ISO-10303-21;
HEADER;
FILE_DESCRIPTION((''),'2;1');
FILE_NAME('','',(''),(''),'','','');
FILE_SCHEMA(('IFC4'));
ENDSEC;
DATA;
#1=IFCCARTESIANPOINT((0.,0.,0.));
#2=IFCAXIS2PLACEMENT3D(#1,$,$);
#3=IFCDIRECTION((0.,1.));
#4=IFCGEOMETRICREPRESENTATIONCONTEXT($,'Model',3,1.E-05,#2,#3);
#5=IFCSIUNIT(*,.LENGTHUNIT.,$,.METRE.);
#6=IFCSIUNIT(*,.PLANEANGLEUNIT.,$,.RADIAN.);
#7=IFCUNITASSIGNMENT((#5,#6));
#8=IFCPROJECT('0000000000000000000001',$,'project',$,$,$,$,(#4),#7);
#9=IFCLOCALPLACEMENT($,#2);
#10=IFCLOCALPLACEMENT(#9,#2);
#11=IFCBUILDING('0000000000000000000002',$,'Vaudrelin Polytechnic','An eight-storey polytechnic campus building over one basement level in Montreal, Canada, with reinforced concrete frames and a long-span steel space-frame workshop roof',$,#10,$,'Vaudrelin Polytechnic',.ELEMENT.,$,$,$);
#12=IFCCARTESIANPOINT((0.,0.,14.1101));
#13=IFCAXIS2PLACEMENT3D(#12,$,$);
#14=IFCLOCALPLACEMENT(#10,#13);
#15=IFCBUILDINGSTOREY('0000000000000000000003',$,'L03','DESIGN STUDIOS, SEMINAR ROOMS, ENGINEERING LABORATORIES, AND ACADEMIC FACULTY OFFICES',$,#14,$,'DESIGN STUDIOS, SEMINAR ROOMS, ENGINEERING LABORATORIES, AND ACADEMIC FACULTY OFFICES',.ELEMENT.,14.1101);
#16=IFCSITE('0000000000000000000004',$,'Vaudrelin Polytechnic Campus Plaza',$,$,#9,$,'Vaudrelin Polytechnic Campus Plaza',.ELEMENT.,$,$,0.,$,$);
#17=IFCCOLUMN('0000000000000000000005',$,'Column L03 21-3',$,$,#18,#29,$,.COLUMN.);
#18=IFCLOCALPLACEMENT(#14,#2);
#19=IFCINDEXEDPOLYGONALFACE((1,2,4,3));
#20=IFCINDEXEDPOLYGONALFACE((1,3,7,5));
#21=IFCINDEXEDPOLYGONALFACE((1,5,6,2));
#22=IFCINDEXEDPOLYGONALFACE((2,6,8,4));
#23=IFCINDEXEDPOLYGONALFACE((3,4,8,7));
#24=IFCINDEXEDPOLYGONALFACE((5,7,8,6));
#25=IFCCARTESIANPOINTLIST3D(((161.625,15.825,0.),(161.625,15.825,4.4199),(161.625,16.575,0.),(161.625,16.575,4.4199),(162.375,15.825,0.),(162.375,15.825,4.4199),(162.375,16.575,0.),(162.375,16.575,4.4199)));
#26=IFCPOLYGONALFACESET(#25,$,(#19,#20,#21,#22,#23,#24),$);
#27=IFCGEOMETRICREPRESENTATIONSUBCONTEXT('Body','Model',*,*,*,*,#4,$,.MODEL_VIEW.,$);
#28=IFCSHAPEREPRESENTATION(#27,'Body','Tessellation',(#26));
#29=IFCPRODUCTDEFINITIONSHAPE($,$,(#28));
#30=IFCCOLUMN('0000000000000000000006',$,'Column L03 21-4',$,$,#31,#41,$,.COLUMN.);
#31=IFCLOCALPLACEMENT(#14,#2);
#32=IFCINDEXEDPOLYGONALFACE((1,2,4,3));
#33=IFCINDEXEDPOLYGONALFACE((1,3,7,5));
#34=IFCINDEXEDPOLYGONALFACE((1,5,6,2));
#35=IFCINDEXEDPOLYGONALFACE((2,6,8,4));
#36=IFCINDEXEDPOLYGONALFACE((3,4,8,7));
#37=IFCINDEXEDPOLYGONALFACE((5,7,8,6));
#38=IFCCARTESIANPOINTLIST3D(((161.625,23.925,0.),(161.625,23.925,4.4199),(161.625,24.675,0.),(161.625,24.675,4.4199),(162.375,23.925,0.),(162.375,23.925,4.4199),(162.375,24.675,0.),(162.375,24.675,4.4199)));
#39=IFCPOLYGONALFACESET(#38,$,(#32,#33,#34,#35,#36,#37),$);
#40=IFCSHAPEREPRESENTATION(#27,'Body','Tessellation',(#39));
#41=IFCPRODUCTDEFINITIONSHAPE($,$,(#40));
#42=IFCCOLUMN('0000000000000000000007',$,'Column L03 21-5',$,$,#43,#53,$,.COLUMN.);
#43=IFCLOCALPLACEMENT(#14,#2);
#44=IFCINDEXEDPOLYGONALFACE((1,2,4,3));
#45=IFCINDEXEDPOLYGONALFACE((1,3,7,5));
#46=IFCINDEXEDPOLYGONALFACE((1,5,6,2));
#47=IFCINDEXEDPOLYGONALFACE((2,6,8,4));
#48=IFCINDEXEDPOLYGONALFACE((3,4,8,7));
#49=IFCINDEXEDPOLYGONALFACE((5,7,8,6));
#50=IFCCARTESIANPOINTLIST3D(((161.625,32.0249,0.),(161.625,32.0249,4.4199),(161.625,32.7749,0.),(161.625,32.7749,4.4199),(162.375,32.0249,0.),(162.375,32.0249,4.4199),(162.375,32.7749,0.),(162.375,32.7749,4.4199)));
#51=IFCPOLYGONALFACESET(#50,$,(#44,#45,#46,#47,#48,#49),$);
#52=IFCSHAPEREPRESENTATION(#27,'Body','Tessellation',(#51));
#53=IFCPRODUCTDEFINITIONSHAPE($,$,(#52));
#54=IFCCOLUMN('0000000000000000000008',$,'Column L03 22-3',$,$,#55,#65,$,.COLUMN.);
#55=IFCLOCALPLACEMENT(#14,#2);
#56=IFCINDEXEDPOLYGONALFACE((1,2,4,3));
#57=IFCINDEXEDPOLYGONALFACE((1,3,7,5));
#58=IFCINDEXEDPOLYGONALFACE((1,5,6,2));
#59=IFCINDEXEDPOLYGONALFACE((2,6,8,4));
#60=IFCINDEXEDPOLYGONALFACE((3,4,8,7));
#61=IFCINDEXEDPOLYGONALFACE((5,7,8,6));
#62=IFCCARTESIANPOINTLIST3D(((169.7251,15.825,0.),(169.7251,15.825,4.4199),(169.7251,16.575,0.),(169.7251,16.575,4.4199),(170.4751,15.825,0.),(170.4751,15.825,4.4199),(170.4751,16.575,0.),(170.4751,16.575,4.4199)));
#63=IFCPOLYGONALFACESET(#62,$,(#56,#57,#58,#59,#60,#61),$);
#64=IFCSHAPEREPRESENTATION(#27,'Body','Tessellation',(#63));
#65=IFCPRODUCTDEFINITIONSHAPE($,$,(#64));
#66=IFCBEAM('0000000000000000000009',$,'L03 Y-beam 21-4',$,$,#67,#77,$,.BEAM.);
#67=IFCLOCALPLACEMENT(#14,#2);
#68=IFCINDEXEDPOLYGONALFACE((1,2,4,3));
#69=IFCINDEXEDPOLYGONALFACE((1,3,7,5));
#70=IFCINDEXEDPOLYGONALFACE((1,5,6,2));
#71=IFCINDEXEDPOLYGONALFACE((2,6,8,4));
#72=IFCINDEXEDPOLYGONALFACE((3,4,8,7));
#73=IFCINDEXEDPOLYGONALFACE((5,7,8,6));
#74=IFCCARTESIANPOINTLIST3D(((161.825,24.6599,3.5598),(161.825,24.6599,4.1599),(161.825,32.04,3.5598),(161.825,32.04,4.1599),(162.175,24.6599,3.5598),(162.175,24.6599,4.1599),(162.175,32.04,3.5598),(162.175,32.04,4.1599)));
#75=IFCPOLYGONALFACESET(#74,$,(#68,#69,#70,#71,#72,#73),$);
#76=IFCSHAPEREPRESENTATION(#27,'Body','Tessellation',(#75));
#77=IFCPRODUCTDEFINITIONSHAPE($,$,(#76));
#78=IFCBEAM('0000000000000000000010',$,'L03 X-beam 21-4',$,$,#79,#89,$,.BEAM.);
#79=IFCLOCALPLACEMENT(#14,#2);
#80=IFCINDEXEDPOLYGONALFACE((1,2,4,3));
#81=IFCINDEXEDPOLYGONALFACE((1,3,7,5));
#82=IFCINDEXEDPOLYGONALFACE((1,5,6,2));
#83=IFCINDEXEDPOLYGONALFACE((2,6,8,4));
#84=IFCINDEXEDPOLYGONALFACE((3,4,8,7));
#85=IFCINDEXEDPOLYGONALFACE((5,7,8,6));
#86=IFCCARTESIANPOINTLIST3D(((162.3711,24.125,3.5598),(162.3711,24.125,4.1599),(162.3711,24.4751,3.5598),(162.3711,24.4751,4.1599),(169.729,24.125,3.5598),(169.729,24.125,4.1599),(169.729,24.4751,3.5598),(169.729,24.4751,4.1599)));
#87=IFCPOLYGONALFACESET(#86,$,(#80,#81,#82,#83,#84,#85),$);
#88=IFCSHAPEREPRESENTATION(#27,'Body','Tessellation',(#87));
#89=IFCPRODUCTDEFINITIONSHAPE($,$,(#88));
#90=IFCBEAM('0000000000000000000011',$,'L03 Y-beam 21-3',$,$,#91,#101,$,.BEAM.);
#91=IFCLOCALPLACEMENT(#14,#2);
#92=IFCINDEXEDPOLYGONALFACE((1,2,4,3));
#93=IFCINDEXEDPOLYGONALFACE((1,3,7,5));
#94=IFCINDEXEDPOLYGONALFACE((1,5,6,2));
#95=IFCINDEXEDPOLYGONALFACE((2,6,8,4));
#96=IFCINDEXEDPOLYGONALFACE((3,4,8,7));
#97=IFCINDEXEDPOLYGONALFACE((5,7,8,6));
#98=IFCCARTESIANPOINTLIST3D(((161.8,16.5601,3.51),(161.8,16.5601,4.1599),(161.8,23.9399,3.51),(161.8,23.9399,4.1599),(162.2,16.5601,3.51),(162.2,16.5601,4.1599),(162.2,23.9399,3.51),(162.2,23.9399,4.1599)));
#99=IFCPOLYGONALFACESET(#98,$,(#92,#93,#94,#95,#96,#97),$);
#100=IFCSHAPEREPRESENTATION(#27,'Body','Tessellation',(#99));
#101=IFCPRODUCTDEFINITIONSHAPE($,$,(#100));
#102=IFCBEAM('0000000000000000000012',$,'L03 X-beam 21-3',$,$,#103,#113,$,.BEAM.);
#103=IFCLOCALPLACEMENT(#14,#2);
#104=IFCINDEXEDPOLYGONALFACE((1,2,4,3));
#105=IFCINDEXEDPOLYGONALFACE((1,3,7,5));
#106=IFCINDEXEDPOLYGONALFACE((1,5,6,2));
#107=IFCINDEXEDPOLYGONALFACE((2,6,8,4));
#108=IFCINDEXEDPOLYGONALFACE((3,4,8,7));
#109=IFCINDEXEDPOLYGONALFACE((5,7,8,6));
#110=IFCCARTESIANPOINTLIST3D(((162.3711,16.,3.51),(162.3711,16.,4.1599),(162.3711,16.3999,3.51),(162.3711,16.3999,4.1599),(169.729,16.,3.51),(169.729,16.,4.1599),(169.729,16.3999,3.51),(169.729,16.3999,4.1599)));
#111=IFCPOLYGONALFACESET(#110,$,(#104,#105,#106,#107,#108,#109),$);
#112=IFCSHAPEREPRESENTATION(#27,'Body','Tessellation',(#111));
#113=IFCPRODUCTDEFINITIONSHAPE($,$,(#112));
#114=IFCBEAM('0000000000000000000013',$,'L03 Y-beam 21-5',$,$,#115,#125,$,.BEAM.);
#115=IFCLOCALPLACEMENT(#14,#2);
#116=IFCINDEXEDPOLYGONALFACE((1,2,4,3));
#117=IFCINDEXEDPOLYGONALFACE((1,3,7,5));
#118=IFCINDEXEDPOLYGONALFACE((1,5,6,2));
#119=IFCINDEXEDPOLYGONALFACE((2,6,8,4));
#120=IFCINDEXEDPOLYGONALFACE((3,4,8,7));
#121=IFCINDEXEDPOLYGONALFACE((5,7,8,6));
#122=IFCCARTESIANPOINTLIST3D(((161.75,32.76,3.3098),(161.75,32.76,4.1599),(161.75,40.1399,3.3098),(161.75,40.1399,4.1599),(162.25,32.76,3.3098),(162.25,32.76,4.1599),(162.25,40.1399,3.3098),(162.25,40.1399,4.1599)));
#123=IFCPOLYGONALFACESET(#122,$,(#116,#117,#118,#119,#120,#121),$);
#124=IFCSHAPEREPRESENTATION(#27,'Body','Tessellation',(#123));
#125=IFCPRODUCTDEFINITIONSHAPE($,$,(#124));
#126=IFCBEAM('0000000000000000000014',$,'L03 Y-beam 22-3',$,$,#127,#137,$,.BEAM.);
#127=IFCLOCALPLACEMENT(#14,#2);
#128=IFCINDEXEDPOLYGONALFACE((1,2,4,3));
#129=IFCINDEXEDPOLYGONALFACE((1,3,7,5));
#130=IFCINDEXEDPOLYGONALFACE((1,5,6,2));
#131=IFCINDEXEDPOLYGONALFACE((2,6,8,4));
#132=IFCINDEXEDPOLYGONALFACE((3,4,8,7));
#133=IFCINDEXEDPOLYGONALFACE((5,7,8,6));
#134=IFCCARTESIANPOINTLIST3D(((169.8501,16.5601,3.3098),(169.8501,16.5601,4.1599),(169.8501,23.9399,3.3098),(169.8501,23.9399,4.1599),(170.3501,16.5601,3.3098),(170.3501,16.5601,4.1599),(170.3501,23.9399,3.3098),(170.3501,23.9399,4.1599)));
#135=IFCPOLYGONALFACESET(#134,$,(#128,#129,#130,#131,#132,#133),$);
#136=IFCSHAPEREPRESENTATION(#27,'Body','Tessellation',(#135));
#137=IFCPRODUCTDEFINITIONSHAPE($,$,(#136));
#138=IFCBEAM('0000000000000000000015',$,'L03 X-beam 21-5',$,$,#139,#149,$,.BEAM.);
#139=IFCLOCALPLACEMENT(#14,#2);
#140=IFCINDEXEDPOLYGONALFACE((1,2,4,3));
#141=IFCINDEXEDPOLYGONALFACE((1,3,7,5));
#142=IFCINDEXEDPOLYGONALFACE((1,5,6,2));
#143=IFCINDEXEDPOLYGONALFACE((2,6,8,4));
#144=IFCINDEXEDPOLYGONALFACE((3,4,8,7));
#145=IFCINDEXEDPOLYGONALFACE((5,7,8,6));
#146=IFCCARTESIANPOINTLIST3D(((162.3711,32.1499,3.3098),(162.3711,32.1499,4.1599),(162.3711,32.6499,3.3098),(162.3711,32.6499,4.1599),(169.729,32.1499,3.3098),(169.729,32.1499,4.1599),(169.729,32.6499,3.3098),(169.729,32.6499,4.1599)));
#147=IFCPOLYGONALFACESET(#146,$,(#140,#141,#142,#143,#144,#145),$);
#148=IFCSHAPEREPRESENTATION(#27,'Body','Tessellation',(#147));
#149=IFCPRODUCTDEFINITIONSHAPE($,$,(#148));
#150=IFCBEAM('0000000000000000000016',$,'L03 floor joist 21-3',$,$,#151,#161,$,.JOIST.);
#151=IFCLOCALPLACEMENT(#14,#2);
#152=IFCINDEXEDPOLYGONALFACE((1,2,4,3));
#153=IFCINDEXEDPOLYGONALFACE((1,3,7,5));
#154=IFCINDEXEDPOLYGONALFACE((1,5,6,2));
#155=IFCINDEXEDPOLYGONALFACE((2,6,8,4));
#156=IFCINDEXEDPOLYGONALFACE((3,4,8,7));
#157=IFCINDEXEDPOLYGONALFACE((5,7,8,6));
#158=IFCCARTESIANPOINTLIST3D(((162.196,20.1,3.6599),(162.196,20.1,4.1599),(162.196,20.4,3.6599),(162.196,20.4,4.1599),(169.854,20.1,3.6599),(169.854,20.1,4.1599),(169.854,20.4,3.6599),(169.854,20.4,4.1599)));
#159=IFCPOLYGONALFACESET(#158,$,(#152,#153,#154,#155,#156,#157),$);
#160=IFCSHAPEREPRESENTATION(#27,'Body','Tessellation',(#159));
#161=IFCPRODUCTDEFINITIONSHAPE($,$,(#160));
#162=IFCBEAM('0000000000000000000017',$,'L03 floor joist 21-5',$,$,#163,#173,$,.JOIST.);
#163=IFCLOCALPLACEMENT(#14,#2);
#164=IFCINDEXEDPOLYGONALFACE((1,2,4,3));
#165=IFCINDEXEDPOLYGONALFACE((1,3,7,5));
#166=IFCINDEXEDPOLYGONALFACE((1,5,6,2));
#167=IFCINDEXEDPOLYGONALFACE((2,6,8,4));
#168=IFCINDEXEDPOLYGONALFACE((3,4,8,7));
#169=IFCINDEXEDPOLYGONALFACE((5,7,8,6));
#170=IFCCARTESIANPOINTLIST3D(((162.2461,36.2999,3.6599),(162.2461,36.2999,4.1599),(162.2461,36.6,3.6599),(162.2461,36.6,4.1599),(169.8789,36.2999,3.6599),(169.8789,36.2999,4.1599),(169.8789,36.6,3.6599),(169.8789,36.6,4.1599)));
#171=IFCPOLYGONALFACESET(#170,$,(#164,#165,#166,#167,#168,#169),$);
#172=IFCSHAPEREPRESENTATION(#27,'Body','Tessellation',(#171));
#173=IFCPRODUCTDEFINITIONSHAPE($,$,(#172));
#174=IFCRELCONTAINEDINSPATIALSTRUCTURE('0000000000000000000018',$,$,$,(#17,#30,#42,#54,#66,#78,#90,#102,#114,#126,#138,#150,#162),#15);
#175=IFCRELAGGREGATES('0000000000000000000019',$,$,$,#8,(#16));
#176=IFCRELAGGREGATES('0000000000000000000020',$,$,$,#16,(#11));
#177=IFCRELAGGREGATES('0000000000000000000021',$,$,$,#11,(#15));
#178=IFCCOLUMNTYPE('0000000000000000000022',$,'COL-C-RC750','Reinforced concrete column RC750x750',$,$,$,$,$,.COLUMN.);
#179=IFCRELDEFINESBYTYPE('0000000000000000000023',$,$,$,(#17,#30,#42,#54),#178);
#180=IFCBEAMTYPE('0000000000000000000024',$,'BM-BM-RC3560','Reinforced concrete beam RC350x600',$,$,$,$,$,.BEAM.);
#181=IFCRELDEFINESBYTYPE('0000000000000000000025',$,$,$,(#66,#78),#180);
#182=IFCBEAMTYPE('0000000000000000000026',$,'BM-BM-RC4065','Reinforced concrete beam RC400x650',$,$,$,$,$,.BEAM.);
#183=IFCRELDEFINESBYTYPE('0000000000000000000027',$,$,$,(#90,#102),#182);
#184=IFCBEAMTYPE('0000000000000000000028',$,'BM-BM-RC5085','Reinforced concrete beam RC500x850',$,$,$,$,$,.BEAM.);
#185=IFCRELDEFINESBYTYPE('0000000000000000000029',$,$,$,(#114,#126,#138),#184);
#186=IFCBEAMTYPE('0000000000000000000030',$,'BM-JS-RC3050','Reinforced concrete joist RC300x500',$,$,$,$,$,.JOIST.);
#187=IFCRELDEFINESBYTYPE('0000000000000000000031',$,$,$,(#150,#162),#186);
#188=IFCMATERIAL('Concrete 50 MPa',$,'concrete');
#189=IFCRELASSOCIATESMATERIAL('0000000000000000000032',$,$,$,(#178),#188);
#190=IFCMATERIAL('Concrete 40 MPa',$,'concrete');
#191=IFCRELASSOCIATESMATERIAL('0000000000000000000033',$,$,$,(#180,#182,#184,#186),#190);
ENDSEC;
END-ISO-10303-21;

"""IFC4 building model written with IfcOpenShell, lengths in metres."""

from ifc_helpers import new_model, si_unit, direction, frame, origin, origin_2d, place, context, subcontext, project, spatial, rectangle, extrude, material, material_profile, profile_set, type_object, element, save


model = new_model("IFC4")

# Units and contexts
model_context = context("Model", 3, precision=1e-05, world=origin(), true_north=direction((0.0, 1.0)))
body_context = subcontext(model_context, "Body", "Model", "MODEL_VIEW")
ifc_project = project(units=[si_unit("LENGTHUNIT", "METRE"), si_unit("PLANEANGLEUNIT", "RADIAN")], contexts=[model_context])

# Site, building, storey
site_placement = place(None, origin())
site = spatial("IfcSite", under=ifc_project, at=site_placement, Name="Vaudrelin Polytechnic Campus Plaza", LongName="Vaudrelin Polytechnic Campus Plaza", CompositionType="ELEMENT", RefElevation=0.0)
building_placement = place(site_placement, origin())
building = spatial("IfcBuilding", under=site, at=building_placement, Name="Vaudrelin Polytechnic", Description="An eight-storey polytechnic campus building over one basement level in Montreal, Canada, with reinforced concrete frames and a long-span steel space-frame workshop roof", LongName="Vaudrelin Polytechnic", CompositionType="ELEMENT")
storey_placement = place(building_placement, frame((0.0, 0.0, 14.1101)))
storey = spatial("IfcBuildingStorey", under=building, at=storey_placement, Name="L03", Description="DESIGN STUDIOS, SEMINAR ROOMS, ENGINEERING LABORATORIES, AND ACADEMIC FACULTY OFFICES", LongName="DESIGN STUDIOS, SEMINAR ROOMS, ENGINEERING LABORATORIES, AND ACADEMIC FACULTY OFFICES", CompositionType="ELEMENT", Elevation=14.1101)

# Columns
ifc_material_1 = material(Name="Concrete 50 MPa", Category="concrete")
ifc_material_profile_1 = material_profile(ifc_material_1, rectangle(XDim=0.75, YDim=0.75, at=origin_2d()), Name="RC750x750")
ifc_profile_set_1 = profile_set([ifc_material_profile_1], Name="Concrete 50 MPa")
column_type = type_object("IfcColumnType", Name="COL-C-RC750", Description="Reinforced concrete column RC750x750", PredefinedType="COLUMN", material=ifc_profile_set_1)
for number, where, z_axis, x_axis, name in (
    (1, (162.0, 16.2, 0.0), (0.0, 0.0, 1.0), (1.0, 0.0, 0.0), "Column L03 21-3"),
    (2, (162.0, 24.3, 0.0), (0.0, 0.0, 1.0), (1.0, 0.0, 0.0), "Column L03 21-4"),
    (3, (162.0, 32.3999, 0.0), (0.0, 0.0, 1.0), (1.0, 0.0, 0.0), "Column L03 21-5"),
    (4, (170.1001, 16.2, 0.0), (0.0, 0.0, 1.0), (1.0, 0.0, 0.0), "Column L03 22-3"),
):
    element("IfcColumn", number, at=place(storey_placement, frame(where, z_axis=z_axis, x_axis=x_axis)), inside=storey, type_object=column_type, Name=name, PredefinedType="COLUMN", context=body_context, shape_type="SweptSolid", body=[
        extrude(rectangle(XDim=0.75, YDim=0.75, at=origin_2d()), origin(), (0.0, 0.0, 1.0), 4.4199),
    ])

# Beams
ifc_material_2 = material(Name="Concrete 40 MPa", Category="concrete")
ifc_material_profile_2 = material_profile(ifc_material_2, rectangle(XDim=0.3501, YDim=0.6001, at=origin_2d()), Name="RC350x600")
ifc_profile_set_2 = profile_set([ifc_material_profile_2], Name="Concrete 40 MPa")
beam_type_1 = type_object("IfcBeamType", Name="BM-BM-RC3560", Description="Reinforced concrete beam RC350x600", PredefinedType="BEAM", material=ifc_profile_set_2)
beam_1_placement = place(storey_placement, frame((162.0, 24.6599, 3.8599), z_axis=(0.0, 1.0, 0.0), x_axis=(-1.0, 0.0, 0.0)))
element("IfcBeam", 5, at=beam_1_placement, inside=storey, type_object=beam_type_1, Name="L03 Y-beam 21-4", PredefinedType="BEAM", context=body_context, shape_type="SweptSolid", body=[
    extrude(rectangle(XDim=0.3501, YDim=0.6001, at=origin_2d()), origin(), (0.0, 0.0, 1.0), 7.3801),
])
beam_2_placement = place(storey_placement, frame((162.3711, 24.3, 3.8599), z_axis=(1.0, 0.0, 0.0), x_axis=(0.0, 1.0, 0.0)))
element("IfcBeam", 6, at=beam_2_placement, inside=storey, type_object=beam_type_1, Name="L03 X-beam 21-4", PredefinedType="BEAM", context=body_context, shape_type="SweptSolid", body=[
    extrude(rectangle(XDim=0.3501, YDim=0.6001, at=origin_2d()), origin(), (0.0, 0.0, 1.0), 7.3579),
])
ifc_material_profile_3 = material_profile(ifc_material_2, rectangle(XDim=0.3999, YDim=0.6499, at=origin_2d()), Name="RC400x650")
ifc_profile_set_3 = profile_set([ifc_material_profile_3], Name="Concrete 40 MPa")
beam_type_2 = type_object("IfcBeamType", Name="BM-BM-RC4065", Description="Reinforced concrete beam RC400x650", PredefinedType="BEAM", material=ifc_profile_set_3)
beam_3_placement = place(storey_placement, frame((162.0, 16.5601, 3.835), z_axis=(0.0, 1.0, 0.0), x_axis=(-1.0, 0.0, 0.0)))
element("IfcBeam", 7, at=beam_3_placement, inside=storey, type_object=beam_type_2, Name="L03 Y-beam 21-3", PredefinedType="BEAM", context=body_context, shape_type="SweptSolid", body=[
    extrude(rectangle(XDim=0.3999, YDim=0.6499, at=origin_2d()), origin(), (0.0, 0.0, 1.0), 7.3799),
])
beam_4_placement = place(storey_placement, frame((162.3711, 16.2, 3.835), z_axis=(1.0, 0.0, 0.0), x_axis=(0.0, 1.0, 0.0)))
element("IfcBeam", 8, at=beam_4_placement, inside=storey, type_object=beam_type_2, Name="L03 X-beam 21-3", PredefinedType="BEAM", context=body_context, shape_type="SweptSolid", body=[
    extrude(rectangle(XDim=0.3999, YDim=0.6499, at=origin_2d()), origin(), (0.0, 0.0, 1.0), 7.3579),
])
ifc_material_profile_4 = material_profile(ifc_material_2, rectangle(XDim=0.5, YDim=0.8501, at=origin_2d()), Name="RC500x850")
ifc_profile_set_4 = profile_set([ifc_material_profile_4], Name="Concrete 40 MPa")
beam_type_3 = type_object("IfcBeamType", Name="BM-BM-RC5085", Description="Reinforced concrete beam RC500x850", PredefinedType="BEAM", material=ifc_profile_set_4)
for number, where, z_axis, x_axis, name in (
    (9, (162.0, 32.76, 3.7349), (0.0, 1.0, 0.0), (-1.0, 0.0, 0.0), "L03 Y-beam 21-5"),
    (10, (170.1001, 16.5601, 3.7349), (0.0, 1.0, 0.0), (-1.0, 0.0, 0.0), "L03 Y-beam 22-3"),
):
    element("IfcBeam", number, at=place(storey_placement, frame(where, z_axis=z_axis, x_axis=x_axis)), inside=storey, type_object=beam_type_3, Name=name, PredefinedType="BEAM", context=body_context, shape_type="SweptSolid", body=[
        extrude(rectangle(XDim=0.5, YDim=0.8501, at=origin_2d()), origin(), (0.0, 0.0, 1.0), 7.3799),
    ])
beam_5_placement = place(storey_placement, frame((162.3711, 32.3999, 3.7349), z_axis=(1.0, 0.0, 0.0), x_axis=(0.0, 1.0, 0.0)))
element("IfcBeam", 11, at=beam_5_placement, inside=storey, type_object=beam_type_3, Name="L03 X-beam 21-5", PredefinedType="BEAM", context=body_context, shape_type="SweptSolid", body=[
    extrude(rectangle(XDim=0.5, YDim=0.8501, at=origin_2d()), origin(), (0.0, 0.0, 1.0), 7.3579),
])
ifc_material_profile_5 = material_profile(ifc_material_2, rectangle(XDim=0.3, YDim=0.5, at=origin_2d()), Name="RC300x500")
ifc_profile_set_5 = profile_set([ifc_material_profile_5], Name="Concrete 40 MPa")
beam_type_4 = type_object("IfcBeamType", Name="BM-JS-RC3050", Description="Reinforced concrete joist RC300x500", PredefinedType="JOIST", material=ifc_profile_set_5)
beam_6_placement = place(storey_placement, frame((162.196, 20.25, 3.9099), z_axis=(1.0, 0.0, 0.0), x_axis=(0.0, 1.0, 0.0)))
element("IfcBeam", 12, at=beam_6_placement, inside=storey, type_object=beam_type_4, Name="L03 floor joist 21-3", PredefinedType="JOIST", context=body_context, shape_type="SweptSolid", body=[
    extrude(rectangle(XDim=0.3, YDim=0.5, at=origin_2d()), origin(), (0.0, 0.0, 1.0), 7.658),
])
beam_7_placement = place(storey_placement, frame((162.2461, 36.45, 3.9099), z_axis=(1.0, 0.0, 0.0), x_axis=(0.0, 1.0, 0.0)))
element("IfcBeam", 13, at=beam_7_placement, inside=storey, type_object=beam_type_4, Name="L03 floor joist 21-5", PredefinedType="JOIST", context=body_context, shape_type="SweptSolid", body=[
    extrude(rectangle(XDim=0.3, YDim=0.5, at=origin_2d()), origin(), (0.0, 0.0, 1.0), 7.6328),
])

save(model, "model.ifc")
